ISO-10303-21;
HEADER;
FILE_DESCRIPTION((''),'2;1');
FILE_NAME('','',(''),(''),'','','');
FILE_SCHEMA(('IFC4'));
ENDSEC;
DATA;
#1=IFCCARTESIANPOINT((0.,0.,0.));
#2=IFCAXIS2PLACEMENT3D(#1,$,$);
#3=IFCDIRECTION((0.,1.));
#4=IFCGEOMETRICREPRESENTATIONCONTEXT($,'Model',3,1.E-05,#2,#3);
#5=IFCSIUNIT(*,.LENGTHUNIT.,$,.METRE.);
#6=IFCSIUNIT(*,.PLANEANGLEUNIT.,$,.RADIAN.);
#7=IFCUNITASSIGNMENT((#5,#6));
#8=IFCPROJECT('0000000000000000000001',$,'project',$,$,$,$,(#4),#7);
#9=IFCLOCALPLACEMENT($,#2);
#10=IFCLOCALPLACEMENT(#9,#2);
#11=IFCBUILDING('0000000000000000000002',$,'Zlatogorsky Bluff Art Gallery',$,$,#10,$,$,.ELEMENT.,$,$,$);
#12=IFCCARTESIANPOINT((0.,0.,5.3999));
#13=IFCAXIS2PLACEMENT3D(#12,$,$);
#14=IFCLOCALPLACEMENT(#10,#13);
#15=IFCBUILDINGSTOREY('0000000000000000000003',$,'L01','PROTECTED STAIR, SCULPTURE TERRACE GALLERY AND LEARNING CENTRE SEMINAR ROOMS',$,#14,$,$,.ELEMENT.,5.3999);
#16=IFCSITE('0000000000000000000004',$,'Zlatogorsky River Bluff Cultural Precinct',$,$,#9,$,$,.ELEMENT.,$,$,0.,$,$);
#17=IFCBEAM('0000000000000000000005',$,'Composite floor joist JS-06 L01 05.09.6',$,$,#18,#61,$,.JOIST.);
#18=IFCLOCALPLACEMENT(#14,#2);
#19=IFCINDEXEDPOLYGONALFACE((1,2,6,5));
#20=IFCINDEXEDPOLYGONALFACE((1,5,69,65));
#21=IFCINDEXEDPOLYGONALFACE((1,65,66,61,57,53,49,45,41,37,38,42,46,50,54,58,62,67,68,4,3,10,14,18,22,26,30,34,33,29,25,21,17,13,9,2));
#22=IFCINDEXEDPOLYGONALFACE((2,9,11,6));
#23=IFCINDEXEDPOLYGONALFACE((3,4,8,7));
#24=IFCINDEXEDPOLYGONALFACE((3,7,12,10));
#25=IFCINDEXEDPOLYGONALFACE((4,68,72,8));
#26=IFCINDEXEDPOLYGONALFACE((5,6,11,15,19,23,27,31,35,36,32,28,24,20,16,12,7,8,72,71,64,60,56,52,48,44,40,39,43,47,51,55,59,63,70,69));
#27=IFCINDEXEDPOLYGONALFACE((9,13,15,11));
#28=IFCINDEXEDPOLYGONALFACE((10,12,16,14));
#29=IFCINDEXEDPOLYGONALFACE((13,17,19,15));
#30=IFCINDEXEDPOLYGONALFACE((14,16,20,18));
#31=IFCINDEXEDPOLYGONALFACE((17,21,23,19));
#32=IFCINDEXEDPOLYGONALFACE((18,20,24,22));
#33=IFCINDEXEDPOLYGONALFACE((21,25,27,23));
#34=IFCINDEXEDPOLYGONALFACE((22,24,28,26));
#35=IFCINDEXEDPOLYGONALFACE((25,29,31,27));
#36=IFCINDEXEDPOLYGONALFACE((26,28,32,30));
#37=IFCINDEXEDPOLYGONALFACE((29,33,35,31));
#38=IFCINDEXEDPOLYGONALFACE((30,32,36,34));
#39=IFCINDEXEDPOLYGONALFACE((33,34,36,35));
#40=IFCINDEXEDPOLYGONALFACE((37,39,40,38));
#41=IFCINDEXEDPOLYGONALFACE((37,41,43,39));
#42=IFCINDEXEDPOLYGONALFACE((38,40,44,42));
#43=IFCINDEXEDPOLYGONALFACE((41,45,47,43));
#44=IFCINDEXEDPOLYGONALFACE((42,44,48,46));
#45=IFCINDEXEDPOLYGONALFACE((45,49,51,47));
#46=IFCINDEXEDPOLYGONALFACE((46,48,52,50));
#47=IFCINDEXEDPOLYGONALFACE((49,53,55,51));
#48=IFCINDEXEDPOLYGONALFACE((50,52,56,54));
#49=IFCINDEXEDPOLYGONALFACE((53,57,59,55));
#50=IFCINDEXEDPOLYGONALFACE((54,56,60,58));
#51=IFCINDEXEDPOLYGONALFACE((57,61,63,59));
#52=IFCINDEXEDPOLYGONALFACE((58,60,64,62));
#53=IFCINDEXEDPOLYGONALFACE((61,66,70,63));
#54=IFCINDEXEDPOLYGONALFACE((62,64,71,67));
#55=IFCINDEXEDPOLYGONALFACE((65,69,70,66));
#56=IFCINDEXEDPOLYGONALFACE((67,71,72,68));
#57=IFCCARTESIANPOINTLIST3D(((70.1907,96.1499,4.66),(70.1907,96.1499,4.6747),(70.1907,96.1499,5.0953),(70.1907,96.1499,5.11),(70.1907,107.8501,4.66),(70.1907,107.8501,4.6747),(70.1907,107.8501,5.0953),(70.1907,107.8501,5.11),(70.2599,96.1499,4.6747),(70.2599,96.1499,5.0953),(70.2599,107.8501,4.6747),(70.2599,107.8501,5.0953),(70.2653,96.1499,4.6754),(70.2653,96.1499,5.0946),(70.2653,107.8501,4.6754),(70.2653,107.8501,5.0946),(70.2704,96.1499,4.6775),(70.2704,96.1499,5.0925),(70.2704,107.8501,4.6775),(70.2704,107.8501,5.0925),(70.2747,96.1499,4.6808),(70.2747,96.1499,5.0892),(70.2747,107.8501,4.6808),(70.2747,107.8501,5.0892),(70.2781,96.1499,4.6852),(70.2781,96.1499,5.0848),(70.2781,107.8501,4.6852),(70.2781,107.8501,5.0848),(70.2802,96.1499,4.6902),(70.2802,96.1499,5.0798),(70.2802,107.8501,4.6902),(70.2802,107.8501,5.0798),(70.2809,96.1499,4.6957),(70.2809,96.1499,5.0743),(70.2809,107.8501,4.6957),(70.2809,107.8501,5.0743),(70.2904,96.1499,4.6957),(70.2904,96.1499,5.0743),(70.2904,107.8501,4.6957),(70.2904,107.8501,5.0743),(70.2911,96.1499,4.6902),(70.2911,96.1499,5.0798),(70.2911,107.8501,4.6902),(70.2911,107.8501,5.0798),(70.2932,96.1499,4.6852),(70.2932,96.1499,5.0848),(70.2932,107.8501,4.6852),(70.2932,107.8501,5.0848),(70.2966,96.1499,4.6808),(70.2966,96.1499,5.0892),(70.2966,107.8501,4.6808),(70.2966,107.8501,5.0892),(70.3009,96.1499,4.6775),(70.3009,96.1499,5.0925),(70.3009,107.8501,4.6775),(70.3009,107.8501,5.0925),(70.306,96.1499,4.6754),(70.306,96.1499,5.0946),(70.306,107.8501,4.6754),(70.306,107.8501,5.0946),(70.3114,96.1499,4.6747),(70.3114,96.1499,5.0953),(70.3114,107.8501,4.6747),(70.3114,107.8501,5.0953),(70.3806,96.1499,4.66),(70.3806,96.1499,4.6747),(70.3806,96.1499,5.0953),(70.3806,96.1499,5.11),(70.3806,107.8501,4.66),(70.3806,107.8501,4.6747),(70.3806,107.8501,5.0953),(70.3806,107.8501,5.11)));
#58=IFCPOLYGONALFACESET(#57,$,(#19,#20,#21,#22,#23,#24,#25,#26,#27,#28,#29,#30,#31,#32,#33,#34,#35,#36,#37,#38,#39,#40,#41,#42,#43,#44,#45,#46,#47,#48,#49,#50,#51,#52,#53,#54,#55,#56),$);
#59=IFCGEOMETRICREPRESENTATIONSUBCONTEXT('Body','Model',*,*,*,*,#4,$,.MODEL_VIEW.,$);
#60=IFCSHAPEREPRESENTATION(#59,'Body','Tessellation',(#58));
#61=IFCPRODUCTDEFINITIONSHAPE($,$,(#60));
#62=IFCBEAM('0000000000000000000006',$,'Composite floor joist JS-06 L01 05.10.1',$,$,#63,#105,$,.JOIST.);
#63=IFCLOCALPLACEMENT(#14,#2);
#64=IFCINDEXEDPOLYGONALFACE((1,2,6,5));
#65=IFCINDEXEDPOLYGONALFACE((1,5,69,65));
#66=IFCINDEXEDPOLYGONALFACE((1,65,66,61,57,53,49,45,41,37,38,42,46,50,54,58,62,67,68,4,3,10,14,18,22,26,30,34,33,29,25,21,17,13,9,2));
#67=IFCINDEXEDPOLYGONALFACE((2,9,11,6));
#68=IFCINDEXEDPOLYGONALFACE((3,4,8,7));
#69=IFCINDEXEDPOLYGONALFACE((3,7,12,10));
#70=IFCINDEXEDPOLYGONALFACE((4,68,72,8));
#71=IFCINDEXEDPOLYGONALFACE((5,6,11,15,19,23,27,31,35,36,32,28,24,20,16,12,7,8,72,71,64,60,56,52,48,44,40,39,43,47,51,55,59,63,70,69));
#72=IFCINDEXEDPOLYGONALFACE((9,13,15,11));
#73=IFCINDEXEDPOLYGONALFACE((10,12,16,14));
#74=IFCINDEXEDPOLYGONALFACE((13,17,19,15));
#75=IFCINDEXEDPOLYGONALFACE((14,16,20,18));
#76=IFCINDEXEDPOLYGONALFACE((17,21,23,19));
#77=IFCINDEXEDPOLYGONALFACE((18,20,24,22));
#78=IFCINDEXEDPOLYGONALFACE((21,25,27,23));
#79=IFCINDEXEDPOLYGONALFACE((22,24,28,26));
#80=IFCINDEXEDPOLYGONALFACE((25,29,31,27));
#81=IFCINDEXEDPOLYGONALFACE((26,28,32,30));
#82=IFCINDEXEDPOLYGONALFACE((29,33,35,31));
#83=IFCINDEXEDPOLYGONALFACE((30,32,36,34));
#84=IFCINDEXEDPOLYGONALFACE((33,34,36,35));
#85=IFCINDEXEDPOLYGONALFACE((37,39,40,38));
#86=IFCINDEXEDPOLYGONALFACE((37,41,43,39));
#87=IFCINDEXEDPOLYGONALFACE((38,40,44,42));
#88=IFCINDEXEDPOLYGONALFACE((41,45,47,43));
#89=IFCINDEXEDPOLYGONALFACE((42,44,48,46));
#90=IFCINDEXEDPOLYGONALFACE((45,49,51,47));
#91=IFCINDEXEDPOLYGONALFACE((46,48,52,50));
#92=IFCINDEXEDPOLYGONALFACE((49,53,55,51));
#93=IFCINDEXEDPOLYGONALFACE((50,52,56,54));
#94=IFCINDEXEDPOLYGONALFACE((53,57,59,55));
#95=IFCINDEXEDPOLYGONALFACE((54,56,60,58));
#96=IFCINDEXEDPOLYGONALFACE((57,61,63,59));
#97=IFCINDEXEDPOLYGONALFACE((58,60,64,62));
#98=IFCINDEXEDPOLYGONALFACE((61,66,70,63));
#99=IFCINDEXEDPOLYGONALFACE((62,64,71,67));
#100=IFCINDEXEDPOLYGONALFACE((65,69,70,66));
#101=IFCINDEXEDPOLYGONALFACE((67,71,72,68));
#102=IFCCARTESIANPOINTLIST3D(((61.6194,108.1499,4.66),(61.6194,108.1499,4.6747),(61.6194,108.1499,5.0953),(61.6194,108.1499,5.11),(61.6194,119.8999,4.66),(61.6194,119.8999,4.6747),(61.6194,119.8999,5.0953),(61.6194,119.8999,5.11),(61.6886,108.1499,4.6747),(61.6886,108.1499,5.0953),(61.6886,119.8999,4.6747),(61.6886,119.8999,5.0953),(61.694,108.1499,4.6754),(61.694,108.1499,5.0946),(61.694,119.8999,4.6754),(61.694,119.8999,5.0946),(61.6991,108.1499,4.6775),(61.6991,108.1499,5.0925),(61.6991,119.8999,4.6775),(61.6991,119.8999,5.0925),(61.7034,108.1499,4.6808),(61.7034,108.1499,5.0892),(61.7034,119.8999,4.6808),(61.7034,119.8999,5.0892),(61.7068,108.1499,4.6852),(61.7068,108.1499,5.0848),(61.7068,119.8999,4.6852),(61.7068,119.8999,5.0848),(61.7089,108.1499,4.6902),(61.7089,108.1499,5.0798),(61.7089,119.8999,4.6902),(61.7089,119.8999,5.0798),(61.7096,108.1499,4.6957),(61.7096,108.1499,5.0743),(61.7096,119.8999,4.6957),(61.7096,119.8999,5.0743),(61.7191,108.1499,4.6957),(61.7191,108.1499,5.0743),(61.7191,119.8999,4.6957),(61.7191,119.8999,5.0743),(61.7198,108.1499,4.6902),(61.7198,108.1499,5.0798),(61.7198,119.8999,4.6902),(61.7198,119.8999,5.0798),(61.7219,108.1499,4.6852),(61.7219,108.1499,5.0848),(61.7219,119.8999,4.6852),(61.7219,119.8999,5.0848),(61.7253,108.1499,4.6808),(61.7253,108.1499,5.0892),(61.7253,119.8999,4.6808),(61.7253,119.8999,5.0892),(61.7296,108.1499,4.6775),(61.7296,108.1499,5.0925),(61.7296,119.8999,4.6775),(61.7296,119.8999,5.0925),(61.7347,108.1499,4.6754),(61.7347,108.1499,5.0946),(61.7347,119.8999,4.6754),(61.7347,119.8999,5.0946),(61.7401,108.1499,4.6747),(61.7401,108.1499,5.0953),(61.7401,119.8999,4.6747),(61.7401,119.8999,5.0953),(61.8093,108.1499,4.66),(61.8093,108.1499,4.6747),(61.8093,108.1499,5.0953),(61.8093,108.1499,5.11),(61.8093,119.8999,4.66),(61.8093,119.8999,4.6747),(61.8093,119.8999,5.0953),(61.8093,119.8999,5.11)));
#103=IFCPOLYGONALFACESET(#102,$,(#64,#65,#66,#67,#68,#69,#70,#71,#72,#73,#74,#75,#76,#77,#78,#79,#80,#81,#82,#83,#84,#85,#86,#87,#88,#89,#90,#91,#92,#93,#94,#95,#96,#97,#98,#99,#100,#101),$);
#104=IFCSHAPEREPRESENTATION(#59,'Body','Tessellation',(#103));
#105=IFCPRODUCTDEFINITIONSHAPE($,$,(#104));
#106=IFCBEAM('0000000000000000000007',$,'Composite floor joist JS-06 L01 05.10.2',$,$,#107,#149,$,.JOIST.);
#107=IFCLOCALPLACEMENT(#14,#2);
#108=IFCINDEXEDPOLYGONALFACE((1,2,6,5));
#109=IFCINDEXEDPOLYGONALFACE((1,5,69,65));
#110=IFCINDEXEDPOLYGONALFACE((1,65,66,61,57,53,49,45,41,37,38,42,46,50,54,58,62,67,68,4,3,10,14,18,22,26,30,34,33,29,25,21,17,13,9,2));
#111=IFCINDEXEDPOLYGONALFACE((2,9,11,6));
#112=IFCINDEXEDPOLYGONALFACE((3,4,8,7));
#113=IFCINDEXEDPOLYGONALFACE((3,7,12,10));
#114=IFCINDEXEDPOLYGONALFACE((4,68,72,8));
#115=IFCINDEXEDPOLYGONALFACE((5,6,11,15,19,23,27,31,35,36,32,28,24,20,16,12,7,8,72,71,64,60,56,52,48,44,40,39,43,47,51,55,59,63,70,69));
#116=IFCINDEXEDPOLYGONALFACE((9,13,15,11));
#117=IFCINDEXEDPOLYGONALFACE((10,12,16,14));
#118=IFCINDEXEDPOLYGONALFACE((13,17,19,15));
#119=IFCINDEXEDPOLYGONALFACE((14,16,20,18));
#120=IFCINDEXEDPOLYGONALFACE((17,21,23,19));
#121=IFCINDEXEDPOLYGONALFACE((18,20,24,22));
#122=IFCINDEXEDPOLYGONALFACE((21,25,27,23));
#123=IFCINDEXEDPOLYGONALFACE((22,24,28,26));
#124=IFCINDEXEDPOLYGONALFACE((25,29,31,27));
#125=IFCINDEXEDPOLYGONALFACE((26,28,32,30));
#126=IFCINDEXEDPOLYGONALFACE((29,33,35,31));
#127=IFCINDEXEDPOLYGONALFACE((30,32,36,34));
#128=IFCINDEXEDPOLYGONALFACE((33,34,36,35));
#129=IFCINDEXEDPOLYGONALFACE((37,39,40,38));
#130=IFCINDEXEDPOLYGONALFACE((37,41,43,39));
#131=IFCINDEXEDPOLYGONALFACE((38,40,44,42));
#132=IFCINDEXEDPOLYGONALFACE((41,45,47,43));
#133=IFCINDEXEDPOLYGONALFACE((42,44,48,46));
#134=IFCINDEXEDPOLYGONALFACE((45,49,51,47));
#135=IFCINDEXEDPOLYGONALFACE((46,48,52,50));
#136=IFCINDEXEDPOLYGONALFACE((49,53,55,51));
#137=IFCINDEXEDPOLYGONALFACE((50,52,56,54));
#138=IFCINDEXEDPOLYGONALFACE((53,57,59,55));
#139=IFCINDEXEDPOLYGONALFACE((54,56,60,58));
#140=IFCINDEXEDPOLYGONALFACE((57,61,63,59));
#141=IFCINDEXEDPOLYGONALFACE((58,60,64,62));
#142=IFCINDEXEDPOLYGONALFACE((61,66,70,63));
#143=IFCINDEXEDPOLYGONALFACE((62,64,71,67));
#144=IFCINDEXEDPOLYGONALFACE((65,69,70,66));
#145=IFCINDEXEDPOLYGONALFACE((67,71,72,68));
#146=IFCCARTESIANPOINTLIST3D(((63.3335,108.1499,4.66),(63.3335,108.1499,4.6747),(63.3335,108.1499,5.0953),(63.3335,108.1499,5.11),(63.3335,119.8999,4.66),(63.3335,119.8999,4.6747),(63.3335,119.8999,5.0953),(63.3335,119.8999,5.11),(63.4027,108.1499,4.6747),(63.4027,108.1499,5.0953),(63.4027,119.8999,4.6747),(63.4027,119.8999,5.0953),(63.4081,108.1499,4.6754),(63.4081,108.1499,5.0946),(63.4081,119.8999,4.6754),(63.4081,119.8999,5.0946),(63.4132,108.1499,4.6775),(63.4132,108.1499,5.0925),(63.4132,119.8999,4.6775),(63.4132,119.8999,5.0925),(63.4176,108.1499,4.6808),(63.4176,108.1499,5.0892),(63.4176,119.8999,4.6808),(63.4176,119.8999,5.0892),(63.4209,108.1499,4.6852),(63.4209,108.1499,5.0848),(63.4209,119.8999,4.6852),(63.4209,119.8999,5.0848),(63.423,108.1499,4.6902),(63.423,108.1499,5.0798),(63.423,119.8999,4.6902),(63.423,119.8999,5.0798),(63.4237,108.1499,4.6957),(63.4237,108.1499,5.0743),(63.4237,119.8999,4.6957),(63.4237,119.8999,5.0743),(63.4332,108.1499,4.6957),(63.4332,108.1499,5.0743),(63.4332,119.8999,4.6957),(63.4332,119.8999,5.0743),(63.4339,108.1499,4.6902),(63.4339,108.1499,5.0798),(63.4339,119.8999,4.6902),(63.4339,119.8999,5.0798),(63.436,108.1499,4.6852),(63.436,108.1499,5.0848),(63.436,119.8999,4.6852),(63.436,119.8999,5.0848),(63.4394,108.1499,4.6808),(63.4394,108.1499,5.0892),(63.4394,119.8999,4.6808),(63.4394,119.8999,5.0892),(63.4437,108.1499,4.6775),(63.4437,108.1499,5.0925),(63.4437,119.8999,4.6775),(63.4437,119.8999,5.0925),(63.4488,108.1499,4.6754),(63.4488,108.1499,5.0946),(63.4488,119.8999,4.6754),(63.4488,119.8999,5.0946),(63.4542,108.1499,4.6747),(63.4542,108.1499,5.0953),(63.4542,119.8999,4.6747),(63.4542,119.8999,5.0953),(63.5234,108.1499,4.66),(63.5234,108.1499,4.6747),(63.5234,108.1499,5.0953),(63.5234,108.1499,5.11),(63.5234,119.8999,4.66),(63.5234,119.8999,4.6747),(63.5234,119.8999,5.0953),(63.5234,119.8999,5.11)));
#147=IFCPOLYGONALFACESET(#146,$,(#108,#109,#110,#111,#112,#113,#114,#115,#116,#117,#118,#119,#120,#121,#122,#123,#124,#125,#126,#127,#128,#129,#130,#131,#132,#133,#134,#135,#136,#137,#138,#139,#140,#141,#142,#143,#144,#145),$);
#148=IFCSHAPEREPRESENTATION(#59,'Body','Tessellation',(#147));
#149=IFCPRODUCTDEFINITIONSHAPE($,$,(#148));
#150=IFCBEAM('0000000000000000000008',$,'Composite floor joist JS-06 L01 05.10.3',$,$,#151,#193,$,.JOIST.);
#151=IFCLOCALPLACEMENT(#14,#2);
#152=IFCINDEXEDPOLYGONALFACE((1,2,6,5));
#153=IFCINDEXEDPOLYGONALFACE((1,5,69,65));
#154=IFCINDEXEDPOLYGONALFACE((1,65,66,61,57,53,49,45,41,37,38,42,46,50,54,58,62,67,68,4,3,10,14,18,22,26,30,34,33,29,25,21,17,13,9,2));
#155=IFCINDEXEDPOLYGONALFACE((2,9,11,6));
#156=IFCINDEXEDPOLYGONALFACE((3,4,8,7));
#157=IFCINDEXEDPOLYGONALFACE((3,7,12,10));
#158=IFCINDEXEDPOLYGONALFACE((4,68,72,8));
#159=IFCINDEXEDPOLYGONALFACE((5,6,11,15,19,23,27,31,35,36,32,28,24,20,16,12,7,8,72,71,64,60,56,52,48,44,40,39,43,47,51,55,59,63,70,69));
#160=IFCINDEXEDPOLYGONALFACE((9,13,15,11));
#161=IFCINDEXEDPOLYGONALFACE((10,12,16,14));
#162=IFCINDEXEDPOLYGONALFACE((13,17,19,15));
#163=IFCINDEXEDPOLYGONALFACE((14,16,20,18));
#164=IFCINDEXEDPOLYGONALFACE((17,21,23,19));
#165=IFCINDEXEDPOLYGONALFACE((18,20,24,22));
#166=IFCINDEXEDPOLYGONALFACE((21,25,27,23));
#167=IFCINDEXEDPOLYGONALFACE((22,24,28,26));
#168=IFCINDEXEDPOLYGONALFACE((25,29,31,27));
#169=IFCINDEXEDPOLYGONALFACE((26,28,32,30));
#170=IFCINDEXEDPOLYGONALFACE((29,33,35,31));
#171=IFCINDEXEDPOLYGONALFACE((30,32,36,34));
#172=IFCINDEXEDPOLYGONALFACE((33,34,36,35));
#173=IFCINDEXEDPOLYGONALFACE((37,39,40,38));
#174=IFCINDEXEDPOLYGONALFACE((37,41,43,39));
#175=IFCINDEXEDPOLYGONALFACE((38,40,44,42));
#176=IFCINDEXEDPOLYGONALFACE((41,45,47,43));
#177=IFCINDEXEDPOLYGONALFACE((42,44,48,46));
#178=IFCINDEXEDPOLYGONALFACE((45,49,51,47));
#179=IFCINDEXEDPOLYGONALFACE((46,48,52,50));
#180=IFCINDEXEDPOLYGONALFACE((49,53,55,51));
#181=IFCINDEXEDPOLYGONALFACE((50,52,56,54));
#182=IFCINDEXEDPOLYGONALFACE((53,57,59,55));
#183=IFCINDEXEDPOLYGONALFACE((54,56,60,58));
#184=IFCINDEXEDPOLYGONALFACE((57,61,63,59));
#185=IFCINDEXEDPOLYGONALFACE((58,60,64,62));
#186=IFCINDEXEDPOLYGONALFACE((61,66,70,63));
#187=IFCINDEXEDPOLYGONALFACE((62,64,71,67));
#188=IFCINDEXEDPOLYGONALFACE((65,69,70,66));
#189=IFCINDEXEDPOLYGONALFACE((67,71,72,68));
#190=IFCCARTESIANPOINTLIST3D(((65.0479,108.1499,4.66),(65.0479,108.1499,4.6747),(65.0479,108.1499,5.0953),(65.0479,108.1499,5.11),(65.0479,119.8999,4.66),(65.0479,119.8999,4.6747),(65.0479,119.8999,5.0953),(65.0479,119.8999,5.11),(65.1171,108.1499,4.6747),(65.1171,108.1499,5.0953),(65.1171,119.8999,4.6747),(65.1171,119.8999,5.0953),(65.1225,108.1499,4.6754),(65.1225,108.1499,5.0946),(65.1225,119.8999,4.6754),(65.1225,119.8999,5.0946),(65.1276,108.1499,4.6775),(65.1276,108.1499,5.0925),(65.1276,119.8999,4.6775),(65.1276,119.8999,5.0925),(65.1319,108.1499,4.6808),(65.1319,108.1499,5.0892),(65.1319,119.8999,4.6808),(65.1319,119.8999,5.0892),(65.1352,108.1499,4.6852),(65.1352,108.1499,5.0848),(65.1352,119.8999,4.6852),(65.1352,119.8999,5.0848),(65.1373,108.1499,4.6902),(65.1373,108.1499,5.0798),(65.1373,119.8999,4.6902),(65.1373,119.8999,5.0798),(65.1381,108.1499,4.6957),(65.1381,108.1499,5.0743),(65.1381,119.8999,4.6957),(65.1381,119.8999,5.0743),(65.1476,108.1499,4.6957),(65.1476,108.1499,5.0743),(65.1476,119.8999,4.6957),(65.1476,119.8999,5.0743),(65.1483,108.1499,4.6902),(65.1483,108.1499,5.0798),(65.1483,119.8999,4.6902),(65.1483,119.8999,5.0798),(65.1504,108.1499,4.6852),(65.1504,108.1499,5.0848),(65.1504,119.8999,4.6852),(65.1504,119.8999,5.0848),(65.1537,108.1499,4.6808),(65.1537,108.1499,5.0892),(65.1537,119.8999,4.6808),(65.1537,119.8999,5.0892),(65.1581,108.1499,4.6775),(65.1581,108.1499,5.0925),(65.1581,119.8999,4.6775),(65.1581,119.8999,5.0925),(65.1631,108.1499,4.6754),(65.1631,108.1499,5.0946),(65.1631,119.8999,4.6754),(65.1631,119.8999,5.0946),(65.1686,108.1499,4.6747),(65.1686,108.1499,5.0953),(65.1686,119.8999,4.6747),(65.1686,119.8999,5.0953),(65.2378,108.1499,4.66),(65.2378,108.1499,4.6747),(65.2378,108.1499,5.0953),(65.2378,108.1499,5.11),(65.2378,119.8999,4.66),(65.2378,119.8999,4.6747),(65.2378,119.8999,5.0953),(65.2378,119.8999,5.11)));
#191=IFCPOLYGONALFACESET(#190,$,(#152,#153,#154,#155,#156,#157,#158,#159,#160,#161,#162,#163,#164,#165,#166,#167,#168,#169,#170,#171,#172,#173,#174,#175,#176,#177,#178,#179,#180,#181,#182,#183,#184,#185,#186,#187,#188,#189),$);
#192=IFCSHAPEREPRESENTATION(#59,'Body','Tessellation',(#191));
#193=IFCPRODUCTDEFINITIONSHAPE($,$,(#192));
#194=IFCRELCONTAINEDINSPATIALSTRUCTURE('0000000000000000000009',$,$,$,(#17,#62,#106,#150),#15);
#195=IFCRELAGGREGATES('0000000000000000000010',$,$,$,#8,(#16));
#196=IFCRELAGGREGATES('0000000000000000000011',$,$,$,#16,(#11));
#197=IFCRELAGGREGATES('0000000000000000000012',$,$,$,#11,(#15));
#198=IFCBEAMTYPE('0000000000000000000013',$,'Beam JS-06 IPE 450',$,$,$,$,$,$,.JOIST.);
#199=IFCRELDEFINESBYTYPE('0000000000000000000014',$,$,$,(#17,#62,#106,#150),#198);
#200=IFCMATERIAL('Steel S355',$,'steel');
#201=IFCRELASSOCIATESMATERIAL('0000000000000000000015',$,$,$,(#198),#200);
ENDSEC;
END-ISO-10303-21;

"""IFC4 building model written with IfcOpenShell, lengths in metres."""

from ifc_helpers import new_model, si_unit, direction, frame, origin, origin_2d, place, context, subcontext, project, spatial, i_section, extrude, material, material_profile, profile_set, type_object, element, save


model = new_model("IFC4")

# Units and contexts
model_context = context("Model", 3, precision=1e-05, world=origin(), true_north=direction((0.0, 1.0)))
body_context = subcontext(model_context, "Body", "Model", "MODEL_VIEW")
ifc_project = project(units=[si_unit("LENGTHUNIT", "METRE"), si_unit("PLANEANGLEUNIT", "RADIAN")], contexts=[model_context])

# Site, building, storey
site_placement = place(None, origin())
site = spatial("IfcSite", under=ifc_project, at=site_placement, Name="Zlatogorsky River Bluff Cultural Precinct", CompositionType="ELEMENT", RefElevation=0.0)
building_placement = place(site_placement, origin())
building = spatial("IfcBuilding", under=site, at=building_placement, Name="Zlatogorsky Bluff Art Gallery", CompositionType="ELEMENT")
storey_placement = place(building_placement, frame((0.0, 0.0, 5.3999)))
storey = spatial("IfcBuildingStorey", under=building, at=storey_placement, Name="L01", Description="PROTECTED STAIR, SCULPTURE TERRACE GALLERY AND LEARNING CENTRE SEMINAR ROOMS", CompositionType="ELEMENT", Elevation=5.3999)

# Shared definitions
ifc_material_1 = material(Name="Steel S355", Category="steel")

# Beams
ifc_material_profile_1 = material_profile(ifc_material_1, i_section(OverallWidth=0.1899, OverallDepth=0.45, WebThickness=0.0095, FlangeThickness=0.0146, FilletRadius=0.021, at=origin_2d()), Name="IPE 450")
ifc_profile_set_1 = profile_set([ifc_material_profile_1], Name="Steel S355")
beam_type_1 = type_object("IfcBeamType", Name="Beam JS-06 IPE 450", PredefinedType="JOIST", material=ifc_profile_set_1)
for number, where, z_axis, x_axis, name in (
    (1, (70.2856, 96.1499, 4.885), (0.0, 1.0, 0.0), (-1.0, 0.0, 0.0), "Composite floor joist JS-06 L01 05.09.6"),
):
    element("IfcBeam", number, at=place(storey_placement, frame(where, z_axis=z_axis, x_axis=x_axis)), inside=storey, type_object=beam_type_1, Name=name, PredefinedType="JOIST", context=body_context, shape_type="SweptSolid", body=[
        extrude(i_section(OverallWidth=0.1899, OverallDepth=0.45, WebThickness=0.0095, FlangeThickness=0.0146, FilletRadius=0.021, at=origin_2d()), origin(), (0.0, 0.0, 1.0), 11.7002),
    ])
for number, where, z_axis, x_axis, name in (
    (2, (61.7144, 108.1499, 4.885), (0.0, 1.0, 0.0), (-1.0, 0.0, 0.0), "Composite floor joist JS-06 L01 05.10.1"),
    (3, (63.4285, 108.1499, 4.885), (0.0, 1.0, 0.0), (-1.0, 0.0, 0.0), "Composite floor joist JS-06 L01 05.10.2"),
    (4, (65.1428, 108.1499, 4.885), (0.0, 1.0, 0.0), (-1.0, 0.0, 0.0), "Composite floor joist JS-06 L01 05.10.3"),
):
    element("IfcBeam", number, at=place(storey_placement, frame(where, z_axis=z_axis, x_axis=x_axis)), inside=storey, type_object=beam_type_1, Name=name, PredefinedType="JOIST", context=body_context, shape_type="SweptSolid", body=[
        extrude(i_section(OverallWidth=0.1899, OverallDepth=0.45, WebThickness=0.0095, FlangeThickness=0.0146, FilletRadius=0.021, at=origin_2d()), origin(), (0.0, 0.0, 1.0), 11.75),
    ])

save(model, "model.ifc")
